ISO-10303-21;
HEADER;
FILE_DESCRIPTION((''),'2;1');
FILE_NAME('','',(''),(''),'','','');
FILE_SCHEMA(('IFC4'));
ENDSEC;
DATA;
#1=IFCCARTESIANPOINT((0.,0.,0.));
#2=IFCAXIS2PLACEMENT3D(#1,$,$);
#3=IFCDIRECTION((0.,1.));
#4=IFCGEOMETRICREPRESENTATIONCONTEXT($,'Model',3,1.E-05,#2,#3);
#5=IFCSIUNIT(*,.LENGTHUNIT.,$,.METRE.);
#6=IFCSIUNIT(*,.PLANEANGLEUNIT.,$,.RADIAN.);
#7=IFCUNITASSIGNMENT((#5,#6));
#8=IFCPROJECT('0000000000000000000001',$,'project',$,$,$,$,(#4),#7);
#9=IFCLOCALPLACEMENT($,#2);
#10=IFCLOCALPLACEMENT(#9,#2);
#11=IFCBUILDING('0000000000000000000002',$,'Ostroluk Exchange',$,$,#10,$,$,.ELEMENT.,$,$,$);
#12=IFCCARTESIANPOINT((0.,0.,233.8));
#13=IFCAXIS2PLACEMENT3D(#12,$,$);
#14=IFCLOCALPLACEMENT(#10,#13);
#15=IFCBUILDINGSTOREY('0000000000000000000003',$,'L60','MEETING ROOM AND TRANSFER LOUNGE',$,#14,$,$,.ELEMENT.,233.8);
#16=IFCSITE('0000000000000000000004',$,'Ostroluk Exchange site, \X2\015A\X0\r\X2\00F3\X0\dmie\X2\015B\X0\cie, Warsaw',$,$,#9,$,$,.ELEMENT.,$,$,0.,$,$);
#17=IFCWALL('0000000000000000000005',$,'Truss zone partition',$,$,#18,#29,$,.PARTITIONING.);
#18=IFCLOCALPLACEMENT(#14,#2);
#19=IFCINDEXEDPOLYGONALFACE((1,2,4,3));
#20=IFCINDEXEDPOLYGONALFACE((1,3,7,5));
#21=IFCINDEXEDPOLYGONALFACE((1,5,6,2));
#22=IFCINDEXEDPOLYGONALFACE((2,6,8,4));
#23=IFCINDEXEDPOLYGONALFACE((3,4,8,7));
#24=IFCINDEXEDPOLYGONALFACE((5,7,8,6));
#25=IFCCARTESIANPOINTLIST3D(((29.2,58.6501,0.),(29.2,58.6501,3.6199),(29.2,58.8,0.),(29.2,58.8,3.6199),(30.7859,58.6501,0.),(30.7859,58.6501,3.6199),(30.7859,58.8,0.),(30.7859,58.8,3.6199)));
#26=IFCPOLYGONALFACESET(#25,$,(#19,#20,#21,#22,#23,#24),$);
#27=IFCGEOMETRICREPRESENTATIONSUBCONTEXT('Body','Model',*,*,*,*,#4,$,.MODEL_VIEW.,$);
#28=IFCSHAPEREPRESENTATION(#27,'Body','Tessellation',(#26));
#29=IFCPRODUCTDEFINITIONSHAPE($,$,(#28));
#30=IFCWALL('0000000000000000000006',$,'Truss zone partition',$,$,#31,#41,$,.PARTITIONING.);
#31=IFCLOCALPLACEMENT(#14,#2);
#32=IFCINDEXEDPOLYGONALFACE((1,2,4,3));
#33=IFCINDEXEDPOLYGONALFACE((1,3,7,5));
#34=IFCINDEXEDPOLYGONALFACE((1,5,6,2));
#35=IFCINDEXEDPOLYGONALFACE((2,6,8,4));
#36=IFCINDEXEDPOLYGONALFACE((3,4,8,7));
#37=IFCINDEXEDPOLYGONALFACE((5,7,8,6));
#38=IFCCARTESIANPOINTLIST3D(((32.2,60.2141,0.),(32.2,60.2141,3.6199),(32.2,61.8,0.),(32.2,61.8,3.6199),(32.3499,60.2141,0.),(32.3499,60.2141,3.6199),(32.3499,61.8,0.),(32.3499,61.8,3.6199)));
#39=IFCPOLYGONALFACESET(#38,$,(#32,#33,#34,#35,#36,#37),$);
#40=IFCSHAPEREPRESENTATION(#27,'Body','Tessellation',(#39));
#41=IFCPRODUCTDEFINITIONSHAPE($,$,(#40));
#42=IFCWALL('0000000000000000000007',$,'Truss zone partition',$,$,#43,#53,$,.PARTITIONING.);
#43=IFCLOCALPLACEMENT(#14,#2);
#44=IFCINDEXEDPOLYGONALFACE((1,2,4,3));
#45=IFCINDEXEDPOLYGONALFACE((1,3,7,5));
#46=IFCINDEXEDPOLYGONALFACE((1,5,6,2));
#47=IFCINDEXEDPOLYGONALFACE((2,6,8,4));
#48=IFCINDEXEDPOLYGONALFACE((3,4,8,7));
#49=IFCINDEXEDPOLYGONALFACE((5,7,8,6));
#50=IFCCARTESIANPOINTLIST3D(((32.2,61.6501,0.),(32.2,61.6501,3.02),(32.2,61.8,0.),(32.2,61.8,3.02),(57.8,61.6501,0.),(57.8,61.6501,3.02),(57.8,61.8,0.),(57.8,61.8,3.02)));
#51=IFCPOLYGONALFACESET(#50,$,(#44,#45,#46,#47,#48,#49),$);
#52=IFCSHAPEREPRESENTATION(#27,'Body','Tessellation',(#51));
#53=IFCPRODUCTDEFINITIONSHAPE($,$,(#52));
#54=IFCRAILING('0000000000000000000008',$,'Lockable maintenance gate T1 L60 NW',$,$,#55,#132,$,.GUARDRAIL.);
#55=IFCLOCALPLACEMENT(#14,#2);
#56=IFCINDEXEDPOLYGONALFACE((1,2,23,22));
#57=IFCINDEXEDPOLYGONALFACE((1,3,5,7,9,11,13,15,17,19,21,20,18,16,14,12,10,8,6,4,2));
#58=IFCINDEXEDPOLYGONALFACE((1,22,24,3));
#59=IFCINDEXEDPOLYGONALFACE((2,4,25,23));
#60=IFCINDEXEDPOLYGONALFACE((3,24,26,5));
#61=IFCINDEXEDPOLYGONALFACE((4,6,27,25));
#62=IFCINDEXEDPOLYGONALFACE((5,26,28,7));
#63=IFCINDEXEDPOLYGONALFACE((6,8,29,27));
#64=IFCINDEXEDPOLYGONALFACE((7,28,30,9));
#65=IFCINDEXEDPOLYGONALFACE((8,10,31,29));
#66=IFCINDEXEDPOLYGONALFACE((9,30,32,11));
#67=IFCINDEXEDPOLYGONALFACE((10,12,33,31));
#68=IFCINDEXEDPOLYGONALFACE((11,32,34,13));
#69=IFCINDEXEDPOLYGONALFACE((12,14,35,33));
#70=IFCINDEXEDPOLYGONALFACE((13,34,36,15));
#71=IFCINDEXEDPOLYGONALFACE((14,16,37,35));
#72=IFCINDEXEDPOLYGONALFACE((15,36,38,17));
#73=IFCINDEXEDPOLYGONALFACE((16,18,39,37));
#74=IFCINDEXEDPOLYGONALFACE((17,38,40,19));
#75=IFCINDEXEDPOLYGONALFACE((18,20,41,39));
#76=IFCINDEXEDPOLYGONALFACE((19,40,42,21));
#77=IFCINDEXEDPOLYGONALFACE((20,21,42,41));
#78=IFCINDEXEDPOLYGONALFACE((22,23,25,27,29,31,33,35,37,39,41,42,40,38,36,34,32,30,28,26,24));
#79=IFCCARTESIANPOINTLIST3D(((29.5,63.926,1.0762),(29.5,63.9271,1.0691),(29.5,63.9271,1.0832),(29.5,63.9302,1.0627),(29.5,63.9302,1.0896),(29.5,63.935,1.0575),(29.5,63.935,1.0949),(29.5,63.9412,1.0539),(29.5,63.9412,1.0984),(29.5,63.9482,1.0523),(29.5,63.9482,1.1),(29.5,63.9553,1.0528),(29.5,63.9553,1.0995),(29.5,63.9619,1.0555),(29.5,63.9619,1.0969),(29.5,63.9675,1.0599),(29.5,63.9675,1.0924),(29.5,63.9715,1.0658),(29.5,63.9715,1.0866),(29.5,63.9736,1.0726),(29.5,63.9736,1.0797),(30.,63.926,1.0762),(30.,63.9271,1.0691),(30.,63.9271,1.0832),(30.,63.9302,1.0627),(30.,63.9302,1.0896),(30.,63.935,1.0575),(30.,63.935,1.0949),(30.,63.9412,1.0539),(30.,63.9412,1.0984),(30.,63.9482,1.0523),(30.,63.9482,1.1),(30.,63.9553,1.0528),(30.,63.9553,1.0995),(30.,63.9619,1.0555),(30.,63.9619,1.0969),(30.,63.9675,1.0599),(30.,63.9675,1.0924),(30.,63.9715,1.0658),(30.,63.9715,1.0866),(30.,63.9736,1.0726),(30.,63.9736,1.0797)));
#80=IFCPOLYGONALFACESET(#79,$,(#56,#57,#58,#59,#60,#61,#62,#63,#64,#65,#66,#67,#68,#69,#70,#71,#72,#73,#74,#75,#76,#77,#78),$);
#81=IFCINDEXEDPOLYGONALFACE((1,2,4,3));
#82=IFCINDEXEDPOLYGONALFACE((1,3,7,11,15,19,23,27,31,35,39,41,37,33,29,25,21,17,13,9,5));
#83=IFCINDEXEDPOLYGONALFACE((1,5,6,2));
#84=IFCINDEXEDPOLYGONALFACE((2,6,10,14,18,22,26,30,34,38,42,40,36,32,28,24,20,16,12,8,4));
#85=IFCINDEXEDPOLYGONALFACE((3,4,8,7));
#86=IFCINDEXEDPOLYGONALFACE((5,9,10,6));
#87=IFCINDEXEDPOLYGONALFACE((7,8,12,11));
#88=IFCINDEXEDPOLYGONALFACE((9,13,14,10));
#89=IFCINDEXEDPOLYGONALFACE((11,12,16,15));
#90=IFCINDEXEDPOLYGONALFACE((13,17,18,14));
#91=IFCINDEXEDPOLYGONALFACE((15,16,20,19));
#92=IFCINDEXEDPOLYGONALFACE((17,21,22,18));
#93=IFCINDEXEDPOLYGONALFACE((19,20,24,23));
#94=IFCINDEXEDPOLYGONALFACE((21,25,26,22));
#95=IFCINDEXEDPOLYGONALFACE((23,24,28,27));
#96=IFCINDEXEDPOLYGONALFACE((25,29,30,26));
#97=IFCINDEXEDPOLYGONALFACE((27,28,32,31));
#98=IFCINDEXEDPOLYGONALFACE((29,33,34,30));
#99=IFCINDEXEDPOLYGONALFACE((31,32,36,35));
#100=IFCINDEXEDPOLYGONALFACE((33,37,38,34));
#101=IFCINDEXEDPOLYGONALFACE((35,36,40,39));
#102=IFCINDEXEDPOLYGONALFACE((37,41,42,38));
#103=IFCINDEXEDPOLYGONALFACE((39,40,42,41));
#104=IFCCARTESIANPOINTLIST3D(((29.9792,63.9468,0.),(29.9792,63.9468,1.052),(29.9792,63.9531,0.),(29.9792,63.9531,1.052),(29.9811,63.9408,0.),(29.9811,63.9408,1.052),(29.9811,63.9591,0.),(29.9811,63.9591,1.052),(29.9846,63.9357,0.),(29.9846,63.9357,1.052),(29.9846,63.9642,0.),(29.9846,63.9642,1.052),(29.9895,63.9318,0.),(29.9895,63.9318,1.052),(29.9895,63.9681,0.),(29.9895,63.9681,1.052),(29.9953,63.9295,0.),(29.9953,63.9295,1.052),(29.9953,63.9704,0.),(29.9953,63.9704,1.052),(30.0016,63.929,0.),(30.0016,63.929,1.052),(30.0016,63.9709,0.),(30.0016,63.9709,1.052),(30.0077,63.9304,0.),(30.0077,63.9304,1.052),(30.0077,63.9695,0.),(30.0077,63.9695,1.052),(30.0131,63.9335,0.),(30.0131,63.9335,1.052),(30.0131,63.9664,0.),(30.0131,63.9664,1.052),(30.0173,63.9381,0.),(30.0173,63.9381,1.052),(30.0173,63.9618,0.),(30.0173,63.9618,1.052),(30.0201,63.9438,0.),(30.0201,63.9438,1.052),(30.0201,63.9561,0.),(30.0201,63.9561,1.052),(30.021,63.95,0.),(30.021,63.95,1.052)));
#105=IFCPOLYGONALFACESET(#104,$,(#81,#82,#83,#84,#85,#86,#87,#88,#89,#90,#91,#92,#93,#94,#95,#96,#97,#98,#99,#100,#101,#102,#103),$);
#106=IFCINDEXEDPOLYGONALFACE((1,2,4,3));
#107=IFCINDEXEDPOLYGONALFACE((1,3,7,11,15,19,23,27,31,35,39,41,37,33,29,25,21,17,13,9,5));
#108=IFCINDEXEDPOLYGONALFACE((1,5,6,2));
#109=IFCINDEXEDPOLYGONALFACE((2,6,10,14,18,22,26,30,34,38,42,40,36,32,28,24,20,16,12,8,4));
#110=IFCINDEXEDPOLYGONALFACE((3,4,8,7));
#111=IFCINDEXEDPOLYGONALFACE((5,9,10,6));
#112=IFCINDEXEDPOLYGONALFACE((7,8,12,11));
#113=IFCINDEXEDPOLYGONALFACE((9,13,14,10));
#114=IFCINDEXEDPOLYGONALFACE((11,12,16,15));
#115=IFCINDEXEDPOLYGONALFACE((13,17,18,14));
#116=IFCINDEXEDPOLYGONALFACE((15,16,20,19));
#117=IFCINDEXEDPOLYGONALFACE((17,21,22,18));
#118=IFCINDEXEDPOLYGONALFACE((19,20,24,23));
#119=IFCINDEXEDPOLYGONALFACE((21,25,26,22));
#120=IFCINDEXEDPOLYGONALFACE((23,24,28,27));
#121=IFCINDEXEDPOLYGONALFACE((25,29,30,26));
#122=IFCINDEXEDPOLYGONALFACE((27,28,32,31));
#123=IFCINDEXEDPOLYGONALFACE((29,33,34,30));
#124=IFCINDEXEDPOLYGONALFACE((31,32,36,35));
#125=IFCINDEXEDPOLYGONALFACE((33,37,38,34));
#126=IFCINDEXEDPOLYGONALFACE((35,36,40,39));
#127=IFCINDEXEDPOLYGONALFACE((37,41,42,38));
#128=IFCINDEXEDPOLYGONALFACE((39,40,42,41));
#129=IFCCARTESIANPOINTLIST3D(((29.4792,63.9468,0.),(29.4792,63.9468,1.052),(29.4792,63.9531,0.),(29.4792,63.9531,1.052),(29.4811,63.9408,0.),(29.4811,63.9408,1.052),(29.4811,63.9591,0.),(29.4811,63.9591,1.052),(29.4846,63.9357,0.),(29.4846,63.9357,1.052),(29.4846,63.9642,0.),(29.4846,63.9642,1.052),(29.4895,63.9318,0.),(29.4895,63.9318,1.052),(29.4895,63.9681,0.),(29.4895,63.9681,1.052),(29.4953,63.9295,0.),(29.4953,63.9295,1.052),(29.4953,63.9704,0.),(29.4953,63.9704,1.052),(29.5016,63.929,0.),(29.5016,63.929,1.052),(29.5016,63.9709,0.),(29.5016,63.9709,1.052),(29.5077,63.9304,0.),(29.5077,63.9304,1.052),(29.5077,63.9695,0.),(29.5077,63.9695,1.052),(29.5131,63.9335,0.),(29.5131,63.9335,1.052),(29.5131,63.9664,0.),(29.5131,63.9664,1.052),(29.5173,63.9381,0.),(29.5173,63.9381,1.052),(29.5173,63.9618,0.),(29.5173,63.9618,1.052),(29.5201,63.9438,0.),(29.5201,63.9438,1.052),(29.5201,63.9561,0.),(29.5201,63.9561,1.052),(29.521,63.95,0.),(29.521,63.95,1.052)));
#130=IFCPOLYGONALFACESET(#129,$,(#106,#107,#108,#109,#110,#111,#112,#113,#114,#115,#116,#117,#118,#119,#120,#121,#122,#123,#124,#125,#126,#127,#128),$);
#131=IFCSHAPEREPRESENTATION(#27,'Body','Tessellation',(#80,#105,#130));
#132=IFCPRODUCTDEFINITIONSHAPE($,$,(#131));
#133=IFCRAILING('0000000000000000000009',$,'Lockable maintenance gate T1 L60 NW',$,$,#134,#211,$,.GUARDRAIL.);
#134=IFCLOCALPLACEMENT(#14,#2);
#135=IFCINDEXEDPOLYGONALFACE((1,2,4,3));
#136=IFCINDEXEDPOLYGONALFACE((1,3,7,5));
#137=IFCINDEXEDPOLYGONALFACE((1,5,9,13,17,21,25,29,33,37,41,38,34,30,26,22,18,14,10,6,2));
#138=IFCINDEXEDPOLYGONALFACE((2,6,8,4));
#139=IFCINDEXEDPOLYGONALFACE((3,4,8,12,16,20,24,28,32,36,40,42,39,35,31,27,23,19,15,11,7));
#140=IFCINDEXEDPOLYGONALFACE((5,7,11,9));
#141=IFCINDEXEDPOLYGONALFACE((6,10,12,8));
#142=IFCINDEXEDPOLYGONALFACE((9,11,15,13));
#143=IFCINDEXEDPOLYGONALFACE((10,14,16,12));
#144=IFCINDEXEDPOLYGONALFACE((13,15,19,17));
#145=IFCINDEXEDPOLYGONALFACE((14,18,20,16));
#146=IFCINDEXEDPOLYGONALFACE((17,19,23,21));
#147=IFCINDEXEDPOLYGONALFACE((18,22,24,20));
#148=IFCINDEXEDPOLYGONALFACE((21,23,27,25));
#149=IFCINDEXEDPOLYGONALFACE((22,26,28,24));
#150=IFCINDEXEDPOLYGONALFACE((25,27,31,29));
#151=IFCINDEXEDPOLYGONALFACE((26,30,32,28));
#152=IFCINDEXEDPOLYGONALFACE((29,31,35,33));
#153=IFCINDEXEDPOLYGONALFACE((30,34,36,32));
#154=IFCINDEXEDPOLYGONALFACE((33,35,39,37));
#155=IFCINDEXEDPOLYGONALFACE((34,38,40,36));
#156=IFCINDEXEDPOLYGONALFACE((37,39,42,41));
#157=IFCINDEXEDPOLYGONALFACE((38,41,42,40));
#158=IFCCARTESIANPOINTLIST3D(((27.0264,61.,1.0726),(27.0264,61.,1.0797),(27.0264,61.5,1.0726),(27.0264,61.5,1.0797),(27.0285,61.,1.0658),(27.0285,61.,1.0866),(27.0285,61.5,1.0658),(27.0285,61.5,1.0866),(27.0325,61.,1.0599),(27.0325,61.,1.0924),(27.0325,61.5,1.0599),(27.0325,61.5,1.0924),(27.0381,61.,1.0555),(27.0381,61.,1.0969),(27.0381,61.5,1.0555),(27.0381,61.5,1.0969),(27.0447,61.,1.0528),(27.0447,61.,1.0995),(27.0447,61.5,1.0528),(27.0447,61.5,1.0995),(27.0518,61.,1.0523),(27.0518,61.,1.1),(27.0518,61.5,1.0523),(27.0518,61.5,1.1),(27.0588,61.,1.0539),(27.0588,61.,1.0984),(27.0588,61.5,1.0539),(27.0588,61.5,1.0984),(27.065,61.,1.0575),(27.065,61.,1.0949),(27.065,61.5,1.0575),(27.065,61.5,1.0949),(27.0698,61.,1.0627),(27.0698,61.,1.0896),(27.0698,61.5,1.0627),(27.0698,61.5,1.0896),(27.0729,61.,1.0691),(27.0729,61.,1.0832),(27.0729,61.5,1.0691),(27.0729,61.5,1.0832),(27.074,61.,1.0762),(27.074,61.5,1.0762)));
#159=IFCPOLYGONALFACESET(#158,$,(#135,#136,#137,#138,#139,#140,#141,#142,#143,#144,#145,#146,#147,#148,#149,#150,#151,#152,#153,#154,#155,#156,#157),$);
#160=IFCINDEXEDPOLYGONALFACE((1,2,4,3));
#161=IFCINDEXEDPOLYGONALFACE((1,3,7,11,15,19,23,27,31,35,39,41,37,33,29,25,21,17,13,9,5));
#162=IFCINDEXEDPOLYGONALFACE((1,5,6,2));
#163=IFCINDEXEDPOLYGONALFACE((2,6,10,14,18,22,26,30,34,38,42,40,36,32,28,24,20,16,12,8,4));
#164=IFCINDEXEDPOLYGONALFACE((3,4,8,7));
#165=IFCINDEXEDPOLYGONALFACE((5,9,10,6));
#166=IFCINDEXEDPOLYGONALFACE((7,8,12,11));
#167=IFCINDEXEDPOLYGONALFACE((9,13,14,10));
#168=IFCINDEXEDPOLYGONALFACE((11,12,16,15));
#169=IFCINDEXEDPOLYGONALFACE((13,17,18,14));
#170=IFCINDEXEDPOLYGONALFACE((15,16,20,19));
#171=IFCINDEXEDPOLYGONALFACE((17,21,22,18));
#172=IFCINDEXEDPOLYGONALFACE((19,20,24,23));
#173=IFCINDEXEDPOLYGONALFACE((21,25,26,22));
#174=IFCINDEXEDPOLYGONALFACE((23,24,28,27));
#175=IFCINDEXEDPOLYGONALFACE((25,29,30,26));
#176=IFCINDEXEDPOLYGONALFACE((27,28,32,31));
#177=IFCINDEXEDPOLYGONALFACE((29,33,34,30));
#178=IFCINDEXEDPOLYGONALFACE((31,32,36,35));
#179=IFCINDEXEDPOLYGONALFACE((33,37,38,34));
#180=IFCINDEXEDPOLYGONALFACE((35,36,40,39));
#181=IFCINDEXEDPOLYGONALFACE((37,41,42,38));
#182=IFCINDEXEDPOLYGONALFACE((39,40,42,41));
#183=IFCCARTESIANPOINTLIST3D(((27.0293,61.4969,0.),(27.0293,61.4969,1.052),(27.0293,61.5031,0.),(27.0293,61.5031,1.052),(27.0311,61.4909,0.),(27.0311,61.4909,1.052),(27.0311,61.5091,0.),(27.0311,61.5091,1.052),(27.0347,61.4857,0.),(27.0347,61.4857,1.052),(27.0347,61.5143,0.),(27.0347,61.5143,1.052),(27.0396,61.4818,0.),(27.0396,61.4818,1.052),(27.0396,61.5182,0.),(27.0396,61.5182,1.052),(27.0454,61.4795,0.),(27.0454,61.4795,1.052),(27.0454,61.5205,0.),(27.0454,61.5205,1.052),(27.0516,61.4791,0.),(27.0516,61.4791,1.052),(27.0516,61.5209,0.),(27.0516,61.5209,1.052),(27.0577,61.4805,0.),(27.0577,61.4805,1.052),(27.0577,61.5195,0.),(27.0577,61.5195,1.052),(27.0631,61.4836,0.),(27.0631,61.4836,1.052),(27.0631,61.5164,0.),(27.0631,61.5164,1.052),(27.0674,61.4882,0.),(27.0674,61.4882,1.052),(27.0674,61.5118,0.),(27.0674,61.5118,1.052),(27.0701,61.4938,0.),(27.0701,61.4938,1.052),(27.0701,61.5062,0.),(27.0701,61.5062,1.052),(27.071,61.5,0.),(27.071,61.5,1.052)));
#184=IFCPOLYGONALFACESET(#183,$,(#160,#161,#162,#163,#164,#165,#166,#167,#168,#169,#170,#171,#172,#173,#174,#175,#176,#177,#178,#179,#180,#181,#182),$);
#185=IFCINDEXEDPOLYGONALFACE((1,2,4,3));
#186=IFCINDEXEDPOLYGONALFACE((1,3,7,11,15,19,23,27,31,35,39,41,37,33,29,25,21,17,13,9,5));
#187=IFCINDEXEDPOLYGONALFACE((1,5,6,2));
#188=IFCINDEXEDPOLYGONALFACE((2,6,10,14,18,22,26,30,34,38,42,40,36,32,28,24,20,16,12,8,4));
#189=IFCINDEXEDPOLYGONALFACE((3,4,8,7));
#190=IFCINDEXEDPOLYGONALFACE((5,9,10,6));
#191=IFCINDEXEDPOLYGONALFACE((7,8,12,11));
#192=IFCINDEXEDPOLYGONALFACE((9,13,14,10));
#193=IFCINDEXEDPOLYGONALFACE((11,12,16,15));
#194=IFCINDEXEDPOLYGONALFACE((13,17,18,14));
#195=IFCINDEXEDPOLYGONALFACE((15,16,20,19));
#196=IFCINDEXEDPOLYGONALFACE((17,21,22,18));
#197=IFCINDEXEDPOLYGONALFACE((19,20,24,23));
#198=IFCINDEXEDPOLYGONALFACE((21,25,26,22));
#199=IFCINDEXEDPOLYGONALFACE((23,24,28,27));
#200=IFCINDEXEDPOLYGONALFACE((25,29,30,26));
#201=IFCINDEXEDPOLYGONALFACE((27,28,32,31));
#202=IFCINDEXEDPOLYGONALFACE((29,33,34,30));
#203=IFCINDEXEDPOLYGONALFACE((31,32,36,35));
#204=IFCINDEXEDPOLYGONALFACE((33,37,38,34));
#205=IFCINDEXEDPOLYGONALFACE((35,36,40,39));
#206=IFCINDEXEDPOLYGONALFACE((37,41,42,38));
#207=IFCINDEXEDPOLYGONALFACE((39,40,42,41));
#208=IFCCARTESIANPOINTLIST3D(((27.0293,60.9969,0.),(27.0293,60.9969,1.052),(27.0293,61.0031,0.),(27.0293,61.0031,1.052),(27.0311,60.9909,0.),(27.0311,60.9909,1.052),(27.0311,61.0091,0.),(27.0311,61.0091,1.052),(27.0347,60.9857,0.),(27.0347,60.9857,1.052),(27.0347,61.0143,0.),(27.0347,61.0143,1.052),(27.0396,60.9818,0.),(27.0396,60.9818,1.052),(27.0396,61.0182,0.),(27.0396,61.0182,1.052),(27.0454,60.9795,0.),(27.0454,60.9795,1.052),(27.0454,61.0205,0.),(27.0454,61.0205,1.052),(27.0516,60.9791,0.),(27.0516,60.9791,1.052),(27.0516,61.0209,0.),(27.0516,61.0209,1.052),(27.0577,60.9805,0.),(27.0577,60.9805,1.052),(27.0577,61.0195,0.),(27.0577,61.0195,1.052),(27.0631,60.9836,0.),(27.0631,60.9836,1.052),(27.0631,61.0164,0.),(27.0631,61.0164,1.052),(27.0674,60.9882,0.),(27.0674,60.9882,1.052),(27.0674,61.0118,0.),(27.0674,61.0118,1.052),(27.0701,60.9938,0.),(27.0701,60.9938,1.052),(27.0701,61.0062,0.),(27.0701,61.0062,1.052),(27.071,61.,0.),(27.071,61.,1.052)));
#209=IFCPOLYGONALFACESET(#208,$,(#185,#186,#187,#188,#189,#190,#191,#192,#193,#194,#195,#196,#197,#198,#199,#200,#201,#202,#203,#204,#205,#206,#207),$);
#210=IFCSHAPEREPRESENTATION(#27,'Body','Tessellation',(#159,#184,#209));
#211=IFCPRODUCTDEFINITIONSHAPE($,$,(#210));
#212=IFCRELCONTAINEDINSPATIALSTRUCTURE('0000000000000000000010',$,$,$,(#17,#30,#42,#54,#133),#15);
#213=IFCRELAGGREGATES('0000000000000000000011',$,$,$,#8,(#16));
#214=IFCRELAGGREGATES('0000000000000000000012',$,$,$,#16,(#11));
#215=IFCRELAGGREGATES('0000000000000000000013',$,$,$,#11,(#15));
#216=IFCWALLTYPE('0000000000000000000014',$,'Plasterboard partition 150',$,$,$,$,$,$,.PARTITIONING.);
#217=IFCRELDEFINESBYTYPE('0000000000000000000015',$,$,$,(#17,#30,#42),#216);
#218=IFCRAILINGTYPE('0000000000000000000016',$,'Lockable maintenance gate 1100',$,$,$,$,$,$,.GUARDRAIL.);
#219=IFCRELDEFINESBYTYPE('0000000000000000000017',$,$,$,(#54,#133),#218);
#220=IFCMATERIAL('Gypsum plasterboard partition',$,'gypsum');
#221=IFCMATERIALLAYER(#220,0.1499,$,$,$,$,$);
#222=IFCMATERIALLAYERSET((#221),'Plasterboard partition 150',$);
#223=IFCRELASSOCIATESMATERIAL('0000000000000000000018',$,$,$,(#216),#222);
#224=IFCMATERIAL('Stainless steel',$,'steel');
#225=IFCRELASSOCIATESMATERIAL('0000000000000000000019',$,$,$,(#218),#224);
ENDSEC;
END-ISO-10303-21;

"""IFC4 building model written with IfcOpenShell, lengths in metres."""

from ifc_helpers import new_model, si_unit, direction, frame, frame_2d, origin, origin_2d, place, context, subcontext, project, spatial, rectangle, circle, extrude, material, layer, layer_set, type_object, element, save


model = new_model("IFC4")

# Units and contexts
model_context = context("Model", 3, precision=1e-05, world=origin(), true_north=direction((0.0, 1.0)))
body_context = subcontext(model_context, "Body", "Model", "MODEL_VIEW")
ifc_project = project(units=[si_unit("LENGTHUNIT", "METRE"), si_unit("PLANEANGLEUNIT", "RADIAN")], contexts=[model_context])

# Site, building, storey
site_placement = place(None, origin())
site = spatial("IfcSite", under=ifc_project, at=site_placement, Name="Ostroluk Exchange site, Śródmieście, Warsaw", CompositionType="ELEMENT", RefElevation=0.0)
building_placement = place(site_placement, origin())
building = spatial("IfcBuilding", under=site, at=building_placement, Name="Ostroluk Exchange", CompositionType="ELEMENT")
storey_placement = place(building_placement, frame((0.0, 0.0, 233.8)))
storey = spatial("IfcBuildingStorey", under=building, at=storey_placement, Name="L60", Description="MEETING ROOM AND TRANSFER LOUNGE", CompositionType="ELEMENT", Elevation=233.8)

# Walls
ifc_material_1 = material(Name="Gypsum plasterboard partition", Category="gypsum")
ifc_layer_1 = layer(ifc_material_1, 0.1499)
ifc_layer_set_1 = layer_set([ifc_layer_1], Name="Plasterboard partition 150")
wall_type_1 = type_object("IfcWallType", Name="Plasterboard partition 150", PredefinedType="PARTITIONING", material=ifc_layer_set_1)
for number, where, z_axis, x_axis, name in (
    (1, (29.2, 58.7251, 0.0), (0.0, 0.0, 1.0), (1.0, 0.0, 0.0), "Truss zone partition"),
    (2, (32.2749, 60.2141, 0.0), (0.0, 0.0, 1.0), (0.0, 1.0, 0.0), "Truss zone partition"),
):
    element("IfcWall", number, at=place(storey_placement, frame(where, z_axis=z_axis, x_axis=x_axis)), inside=storey, type_object=wall_type_1, Name=name, PredefinedType="PARTITIONING", context=body_context, shape_type="SweptSolid", body=[
        extrude(rectangle(XDim=1.5859, YDim=0.1499, at=frame_2d((0.793, 0.0))), origin(), (0.0, 0.0, 1.0), 3.6199),
    ])
wall_1_placement = place(storey_placement, frame((32.2, 61.7251, 0.0), z_axis=(0.0, 0.0, 1.0), x_axis=(1.0, 0.0, 0.0)))
element("IfcWall", 3, at=wall_1_placement, inside=storey, type_object=wall_type_1, Name="Truss zone partition", PredefinedType="PARTITIONING", context=body_context, shape_type="SweptSolid", body=[
    extrude(rectangle(XDim=25.6001, YDim=0.1499, at=frame_2d((12.8, 0.0))), origin(), (0.0, 0.0, 1.0), 3.02),
])

# Railings
ifc_material_2 = material(Name="Stainless steel", Category="steel")
railing_type_1 = type_object("IfcRailingType", Name="Lockable maintenance gate 1100", PredefinedType="GUARDRAIL", material=ifc_material_2)
railing_1_placement = place(storey_placement, frame((30.0, 63.95, 0.0)))
element("IfcRailing", 4, at=railing_1_placement, inside=storey, type_object=railing_type_1, Name="Lockable maintenance gate T1 L60 NW", PredefinedType="GUARDRAIL", context=body_context, shape_type="SweptSolid", body=[
    extrude(circle(Radius=0.0239, at=origin_2d()), frame((0.0, 0.0, 1.0762), z_axis=(-1.0, 0.0, 0.0), x_axis=(0.0, -1.0, 0.0)), (0.0, 0.0, 1.0), 0.5),
    extrude(circle(Radius=0.021, at=origin_2d()), origin(), (0.0, 0.0, 1.0), 1.052),
    extrude(circle(Radius=0.021, at=origin_2d()), frame((-0.5, 0.0, 0.0)), (0.0, 0.0, 1.0), 1.052),
])
railing_2_placement = place(storey_placement, frame((27.05, 61.5, 0.0)))
element("IfcRailing", 5, at=railing_2_placement, inside=storey, type_object=railing_type_1, Name="Lockable maintenance gate T1 L60 NW", PredefinedType="GUARDRAIL", context=body_context, shape_type="SweptSolid", body=[
    extrude(circle(Radius=0.0239, at=origin_2d()), frame((0.0, 0.0, 1.0762), z_axis=(0.0, -1.0, 0.0), x_axis=(1.0, 0.0, 0.0)), (0.0, 0.0, 1.0), 0.5),
    extrude(circle(Radius=0.021, at=origin_2d()), origin(), (0.0, 0.0, 1.0), 1.052),
    extrude(circle(Radius=0.021, at=origin_2d()), frame((0.0, -0.5, 0.0)), (0.0, 0.0, 1.0), 1.052),
])

save(model, "model.ifc")
